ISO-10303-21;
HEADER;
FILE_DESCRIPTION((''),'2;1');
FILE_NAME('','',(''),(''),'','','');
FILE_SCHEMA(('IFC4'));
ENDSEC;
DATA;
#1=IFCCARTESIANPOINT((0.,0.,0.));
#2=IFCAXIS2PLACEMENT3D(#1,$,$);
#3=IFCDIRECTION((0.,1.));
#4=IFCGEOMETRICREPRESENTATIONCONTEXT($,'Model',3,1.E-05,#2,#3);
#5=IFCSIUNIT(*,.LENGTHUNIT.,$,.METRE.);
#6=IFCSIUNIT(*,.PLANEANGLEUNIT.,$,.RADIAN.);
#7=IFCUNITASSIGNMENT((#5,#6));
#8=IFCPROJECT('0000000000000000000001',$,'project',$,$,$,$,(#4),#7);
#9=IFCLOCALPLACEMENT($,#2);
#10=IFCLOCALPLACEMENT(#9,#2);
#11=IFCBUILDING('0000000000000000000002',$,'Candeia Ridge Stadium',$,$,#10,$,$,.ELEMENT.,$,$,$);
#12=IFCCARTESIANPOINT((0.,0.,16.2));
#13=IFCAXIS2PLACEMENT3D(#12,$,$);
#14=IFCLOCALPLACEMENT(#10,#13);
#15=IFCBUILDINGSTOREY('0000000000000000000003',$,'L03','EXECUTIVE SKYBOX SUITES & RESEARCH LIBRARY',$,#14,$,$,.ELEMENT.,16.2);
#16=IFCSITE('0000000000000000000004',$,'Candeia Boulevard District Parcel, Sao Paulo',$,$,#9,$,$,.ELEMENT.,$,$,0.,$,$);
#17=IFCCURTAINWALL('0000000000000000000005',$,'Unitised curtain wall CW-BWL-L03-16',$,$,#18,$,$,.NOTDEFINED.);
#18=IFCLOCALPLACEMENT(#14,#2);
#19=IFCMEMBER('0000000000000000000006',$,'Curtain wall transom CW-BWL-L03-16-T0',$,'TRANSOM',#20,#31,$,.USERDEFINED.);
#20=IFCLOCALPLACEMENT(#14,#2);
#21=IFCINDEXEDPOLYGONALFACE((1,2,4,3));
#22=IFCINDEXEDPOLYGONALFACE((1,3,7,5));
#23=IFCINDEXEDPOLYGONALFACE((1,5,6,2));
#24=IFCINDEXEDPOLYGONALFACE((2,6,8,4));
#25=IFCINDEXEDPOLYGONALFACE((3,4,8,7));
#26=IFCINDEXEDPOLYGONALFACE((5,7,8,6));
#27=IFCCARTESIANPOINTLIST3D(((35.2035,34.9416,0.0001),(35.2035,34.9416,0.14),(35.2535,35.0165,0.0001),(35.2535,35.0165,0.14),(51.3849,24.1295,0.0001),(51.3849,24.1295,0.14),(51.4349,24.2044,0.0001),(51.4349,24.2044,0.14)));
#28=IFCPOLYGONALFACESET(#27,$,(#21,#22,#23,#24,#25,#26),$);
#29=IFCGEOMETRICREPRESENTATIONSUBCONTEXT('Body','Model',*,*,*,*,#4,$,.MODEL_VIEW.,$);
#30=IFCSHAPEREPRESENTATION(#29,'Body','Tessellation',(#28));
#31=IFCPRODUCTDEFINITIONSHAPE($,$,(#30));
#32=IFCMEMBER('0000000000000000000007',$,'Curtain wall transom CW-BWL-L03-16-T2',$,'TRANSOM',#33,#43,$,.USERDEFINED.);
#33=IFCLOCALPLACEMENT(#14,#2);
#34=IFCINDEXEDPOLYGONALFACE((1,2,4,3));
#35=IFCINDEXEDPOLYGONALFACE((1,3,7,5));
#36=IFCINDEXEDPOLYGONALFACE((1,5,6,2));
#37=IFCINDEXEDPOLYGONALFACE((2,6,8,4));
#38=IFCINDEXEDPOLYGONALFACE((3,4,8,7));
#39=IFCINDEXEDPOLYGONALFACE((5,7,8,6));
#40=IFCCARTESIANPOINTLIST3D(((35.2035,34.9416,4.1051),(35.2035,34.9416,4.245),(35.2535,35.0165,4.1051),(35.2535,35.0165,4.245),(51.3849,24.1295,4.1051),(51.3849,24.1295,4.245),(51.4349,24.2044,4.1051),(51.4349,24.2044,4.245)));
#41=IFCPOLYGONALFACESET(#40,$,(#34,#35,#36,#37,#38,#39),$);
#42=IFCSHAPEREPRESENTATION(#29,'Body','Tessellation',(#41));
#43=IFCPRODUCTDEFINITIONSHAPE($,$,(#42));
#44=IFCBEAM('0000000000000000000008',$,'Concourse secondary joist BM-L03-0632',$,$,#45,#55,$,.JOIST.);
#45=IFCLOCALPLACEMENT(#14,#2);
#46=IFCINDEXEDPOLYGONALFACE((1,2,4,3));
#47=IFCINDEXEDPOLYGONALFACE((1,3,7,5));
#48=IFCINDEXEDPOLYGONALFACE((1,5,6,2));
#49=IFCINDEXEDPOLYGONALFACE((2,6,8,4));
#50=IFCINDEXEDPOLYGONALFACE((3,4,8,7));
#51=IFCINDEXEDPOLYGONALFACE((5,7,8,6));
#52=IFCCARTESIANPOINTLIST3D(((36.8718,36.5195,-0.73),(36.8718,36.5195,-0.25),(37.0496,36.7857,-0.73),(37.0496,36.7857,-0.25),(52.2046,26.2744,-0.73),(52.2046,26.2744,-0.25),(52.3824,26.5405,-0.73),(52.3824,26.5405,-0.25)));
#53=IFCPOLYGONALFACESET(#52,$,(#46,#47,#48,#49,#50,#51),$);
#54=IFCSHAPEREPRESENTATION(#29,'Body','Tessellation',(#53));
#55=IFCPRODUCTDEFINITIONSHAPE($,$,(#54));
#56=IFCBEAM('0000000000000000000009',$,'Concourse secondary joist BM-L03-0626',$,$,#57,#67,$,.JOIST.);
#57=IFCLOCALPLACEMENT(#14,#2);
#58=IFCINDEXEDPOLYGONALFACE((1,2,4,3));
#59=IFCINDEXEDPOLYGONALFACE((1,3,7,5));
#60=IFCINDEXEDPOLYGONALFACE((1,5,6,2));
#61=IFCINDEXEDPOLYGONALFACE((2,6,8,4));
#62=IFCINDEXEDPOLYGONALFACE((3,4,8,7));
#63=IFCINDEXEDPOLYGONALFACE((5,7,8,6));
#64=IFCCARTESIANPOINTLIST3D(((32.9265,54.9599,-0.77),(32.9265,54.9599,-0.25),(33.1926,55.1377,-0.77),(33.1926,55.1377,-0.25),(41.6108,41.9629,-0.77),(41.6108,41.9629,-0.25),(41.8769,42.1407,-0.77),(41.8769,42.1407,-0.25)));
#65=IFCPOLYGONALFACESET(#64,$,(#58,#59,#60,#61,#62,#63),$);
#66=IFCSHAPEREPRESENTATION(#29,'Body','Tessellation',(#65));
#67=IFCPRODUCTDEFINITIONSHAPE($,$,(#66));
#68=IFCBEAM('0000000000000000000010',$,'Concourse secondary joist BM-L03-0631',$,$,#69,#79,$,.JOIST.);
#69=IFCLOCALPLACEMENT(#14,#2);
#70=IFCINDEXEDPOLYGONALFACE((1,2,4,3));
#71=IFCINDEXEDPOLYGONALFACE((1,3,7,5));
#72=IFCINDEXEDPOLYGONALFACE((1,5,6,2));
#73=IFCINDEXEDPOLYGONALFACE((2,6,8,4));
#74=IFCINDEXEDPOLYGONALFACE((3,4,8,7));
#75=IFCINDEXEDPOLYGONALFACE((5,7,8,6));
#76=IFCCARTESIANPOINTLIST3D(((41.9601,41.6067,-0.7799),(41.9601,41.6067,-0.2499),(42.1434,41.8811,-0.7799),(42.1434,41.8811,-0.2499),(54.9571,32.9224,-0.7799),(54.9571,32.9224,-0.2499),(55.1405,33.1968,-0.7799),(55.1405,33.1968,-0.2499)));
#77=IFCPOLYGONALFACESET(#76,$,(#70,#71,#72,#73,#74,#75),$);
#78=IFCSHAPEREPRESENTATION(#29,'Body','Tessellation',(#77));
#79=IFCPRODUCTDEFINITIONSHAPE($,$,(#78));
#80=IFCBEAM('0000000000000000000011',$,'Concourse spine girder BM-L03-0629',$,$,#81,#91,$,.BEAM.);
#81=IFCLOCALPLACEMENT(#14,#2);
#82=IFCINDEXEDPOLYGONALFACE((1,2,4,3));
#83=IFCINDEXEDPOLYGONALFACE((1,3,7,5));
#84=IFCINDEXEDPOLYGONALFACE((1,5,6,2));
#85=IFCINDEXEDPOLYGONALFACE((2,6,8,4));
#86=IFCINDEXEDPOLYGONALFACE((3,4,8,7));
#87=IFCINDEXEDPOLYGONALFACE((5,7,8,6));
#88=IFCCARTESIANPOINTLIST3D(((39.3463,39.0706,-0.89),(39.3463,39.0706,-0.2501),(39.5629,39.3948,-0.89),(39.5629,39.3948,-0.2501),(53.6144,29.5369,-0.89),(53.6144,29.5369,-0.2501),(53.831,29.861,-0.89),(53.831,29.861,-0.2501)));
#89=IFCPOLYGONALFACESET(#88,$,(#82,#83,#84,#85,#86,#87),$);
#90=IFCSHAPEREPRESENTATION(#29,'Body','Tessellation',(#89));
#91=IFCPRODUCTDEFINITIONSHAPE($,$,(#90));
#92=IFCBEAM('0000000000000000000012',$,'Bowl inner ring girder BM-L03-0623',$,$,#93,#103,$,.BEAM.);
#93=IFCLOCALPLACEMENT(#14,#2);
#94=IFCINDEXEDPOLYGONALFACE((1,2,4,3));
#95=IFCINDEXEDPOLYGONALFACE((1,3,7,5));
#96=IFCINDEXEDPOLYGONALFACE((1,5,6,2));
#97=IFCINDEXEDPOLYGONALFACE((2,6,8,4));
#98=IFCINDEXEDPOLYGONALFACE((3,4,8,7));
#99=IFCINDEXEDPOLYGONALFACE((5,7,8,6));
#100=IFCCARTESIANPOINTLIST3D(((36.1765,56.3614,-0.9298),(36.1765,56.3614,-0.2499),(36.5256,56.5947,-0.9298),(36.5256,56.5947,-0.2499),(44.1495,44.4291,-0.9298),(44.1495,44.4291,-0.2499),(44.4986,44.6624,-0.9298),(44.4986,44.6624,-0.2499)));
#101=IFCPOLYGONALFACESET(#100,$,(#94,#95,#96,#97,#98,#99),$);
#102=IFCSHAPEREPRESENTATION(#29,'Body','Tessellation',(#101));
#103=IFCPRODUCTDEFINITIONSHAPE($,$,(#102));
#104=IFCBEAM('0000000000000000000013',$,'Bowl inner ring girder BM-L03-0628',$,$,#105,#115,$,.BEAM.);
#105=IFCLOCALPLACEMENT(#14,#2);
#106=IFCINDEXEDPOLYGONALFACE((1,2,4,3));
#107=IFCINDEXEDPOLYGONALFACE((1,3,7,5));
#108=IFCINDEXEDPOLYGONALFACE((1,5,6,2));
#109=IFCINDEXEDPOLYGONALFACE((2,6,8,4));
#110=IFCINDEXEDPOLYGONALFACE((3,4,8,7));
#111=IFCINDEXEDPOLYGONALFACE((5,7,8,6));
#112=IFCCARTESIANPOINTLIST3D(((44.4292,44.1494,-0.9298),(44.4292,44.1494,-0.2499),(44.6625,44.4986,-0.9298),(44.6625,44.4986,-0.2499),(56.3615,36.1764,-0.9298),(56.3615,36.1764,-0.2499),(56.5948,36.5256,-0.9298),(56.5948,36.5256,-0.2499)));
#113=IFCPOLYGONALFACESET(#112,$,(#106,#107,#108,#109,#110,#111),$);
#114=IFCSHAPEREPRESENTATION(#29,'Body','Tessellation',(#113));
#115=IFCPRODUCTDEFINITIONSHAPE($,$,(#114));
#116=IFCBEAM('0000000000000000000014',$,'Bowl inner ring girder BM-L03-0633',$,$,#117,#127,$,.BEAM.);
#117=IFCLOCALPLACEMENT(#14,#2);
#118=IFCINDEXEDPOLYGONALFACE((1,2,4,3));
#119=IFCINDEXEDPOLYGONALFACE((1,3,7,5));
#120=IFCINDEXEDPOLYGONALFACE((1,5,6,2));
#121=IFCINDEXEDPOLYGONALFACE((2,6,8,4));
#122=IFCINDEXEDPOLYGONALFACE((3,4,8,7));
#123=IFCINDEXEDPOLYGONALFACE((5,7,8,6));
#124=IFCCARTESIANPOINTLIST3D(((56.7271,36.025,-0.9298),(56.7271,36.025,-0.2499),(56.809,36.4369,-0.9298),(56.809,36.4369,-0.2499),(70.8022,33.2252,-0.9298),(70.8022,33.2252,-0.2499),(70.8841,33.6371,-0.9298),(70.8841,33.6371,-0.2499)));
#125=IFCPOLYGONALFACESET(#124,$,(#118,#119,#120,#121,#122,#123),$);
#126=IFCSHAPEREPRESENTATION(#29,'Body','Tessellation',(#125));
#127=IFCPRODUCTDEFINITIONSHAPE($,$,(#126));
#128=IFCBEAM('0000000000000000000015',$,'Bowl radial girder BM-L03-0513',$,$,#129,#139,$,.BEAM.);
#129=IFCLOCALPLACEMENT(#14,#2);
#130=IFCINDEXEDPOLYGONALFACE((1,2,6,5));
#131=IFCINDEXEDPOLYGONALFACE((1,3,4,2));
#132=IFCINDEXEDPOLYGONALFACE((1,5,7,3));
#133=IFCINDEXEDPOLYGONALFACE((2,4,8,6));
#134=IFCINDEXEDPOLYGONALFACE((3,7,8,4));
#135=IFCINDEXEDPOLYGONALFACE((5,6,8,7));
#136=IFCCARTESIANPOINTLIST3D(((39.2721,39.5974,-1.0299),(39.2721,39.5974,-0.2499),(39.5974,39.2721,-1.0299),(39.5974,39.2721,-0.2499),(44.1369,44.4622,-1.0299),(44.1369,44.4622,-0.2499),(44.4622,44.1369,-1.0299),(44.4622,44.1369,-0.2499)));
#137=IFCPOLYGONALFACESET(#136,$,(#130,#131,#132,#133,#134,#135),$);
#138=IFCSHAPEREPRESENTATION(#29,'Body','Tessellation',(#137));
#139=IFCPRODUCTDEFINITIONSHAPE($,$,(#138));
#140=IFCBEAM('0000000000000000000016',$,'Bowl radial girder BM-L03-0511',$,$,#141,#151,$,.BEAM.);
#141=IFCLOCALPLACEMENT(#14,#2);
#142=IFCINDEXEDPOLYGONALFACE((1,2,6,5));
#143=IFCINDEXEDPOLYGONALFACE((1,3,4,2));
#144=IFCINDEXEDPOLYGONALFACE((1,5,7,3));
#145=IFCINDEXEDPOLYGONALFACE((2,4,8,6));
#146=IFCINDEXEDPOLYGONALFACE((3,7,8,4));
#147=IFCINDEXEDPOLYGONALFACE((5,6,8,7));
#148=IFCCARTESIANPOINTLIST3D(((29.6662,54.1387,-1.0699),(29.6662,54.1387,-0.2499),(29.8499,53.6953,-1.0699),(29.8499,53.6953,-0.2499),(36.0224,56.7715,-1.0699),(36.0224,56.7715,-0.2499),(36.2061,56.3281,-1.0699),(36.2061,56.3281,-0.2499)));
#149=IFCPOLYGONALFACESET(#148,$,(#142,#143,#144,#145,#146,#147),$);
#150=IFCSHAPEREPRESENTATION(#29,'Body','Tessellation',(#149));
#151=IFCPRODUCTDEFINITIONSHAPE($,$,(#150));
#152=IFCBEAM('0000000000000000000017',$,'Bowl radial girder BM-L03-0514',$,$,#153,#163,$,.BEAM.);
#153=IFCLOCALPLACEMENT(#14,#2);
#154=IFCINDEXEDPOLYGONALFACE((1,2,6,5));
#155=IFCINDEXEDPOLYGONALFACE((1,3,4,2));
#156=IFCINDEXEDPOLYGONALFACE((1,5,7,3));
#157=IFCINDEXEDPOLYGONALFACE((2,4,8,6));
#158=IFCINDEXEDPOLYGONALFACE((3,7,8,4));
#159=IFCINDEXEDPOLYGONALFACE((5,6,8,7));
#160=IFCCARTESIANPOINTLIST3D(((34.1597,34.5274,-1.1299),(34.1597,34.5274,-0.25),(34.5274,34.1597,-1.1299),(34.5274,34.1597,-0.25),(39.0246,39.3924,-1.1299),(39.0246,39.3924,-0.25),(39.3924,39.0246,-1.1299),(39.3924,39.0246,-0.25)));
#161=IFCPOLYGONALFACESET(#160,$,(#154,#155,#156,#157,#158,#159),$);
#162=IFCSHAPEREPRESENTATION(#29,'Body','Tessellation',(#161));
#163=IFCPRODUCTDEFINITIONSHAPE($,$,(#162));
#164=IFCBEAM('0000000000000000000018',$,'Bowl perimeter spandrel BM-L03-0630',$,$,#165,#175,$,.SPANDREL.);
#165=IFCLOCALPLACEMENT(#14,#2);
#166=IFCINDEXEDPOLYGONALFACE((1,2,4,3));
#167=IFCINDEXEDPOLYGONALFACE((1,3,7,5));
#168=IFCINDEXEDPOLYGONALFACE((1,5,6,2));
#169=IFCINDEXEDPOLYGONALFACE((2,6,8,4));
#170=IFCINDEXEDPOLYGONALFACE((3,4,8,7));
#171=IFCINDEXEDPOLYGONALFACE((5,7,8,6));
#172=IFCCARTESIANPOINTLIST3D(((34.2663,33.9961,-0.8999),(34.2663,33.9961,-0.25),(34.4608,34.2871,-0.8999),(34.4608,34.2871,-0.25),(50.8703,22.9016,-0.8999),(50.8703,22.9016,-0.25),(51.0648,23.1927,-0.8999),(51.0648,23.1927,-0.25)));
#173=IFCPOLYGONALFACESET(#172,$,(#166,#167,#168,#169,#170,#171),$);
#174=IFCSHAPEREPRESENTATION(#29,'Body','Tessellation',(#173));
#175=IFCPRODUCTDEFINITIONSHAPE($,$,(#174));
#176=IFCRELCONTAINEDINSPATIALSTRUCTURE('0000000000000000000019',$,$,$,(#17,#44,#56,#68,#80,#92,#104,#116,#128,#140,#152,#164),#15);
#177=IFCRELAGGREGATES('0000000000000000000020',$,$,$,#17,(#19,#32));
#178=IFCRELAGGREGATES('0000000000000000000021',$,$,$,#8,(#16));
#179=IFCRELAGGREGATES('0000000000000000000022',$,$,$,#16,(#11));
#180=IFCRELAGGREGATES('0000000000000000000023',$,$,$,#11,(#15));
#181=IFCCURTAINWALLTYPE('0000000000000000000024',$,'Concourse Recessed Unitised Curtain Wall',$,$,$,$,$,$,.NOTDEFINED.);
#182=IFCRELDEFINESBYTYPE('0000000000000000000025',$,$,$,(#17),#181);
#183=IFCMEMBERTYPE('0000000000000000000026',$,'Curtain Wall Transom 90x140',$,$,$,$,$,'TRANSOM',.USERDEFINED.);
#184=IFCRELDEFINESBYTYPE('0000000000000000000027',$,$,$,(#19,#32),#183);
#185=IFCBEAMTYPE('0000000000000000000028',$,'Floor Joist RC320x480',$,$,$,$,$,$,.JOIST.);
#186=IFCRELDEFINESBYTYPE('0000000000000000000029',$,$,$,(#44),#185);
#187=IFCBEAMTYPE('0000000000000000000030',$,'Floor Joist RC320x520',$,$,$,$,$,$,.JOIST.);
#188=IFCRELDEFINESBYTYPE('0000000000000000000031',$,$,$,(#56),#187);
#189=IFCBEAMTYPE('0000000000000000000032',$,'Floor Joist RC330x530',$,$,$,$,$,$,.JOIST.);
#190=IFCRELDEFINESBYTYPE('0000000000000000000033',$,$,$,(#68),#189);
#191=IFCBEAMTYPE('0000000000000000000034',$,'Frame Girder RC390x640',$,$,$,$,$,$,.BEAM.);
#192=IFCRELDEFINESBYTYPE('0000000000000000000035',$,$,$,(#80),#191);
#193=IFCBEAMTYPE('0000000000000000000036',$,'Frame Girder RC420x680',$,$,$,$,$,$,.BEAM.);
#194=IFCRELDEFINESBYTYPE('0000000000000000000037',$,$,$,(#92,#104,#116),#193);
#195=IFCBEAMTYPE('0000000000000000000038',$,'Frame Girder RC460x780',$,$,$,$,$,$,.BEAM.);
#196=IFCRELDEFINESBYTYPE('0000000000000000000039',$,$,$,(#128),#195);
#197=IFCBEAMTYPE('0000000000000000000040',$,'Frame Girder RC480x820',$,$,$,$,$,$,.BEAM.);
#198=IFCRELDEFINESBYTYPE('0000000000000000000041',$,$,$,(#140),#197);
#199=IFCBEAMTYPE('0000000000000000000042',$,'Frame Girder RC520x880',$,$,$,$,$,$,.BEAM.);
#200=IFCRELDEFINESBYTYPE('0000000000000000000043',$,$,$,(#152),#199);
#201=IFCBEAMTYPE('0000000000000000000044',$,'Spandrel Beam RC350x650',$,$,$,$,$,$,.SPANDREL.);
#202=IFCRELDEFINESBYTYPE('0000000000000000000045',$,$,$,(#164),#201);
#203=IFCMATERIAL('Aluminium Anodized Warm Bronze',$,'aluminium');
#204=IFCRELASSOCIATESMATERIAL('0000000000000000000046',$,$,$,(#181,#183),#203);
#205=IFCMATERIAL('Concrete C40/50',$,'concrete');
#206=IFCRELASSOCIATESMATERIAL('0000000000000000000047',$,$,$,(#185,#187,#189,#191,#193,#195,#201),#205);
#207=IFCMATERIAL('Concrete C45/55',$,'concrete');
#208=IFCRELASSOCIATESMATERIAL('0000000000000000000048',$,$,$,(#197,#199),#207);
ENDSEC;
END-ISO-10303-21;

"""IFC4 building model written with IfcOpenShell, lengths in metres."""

from ifc_helpers import new_model, si_unit, direction, frame, origin, origin_2d, place, context, subcontext, project, spatial, rectangle, extrude, material, material_profile, profile_set, type_object, element, aggregate, save


model = new_model("IFC4")

# Units and contexts
model_context = context("Model", 3, precision=1e-05, world=origin(), true_north=direction((0.0, 1.0)))
body_context = subcontext(model_context, "Body", "Model", "MODEL_VIEW")
ifc_project = project(units=[si_unit("LENGTHUNIT", "METRE"), si_unit("PLANEANGLEUNIT", "RADIAN")], contexts=[model_context])

# Site, building, storey
site_placement = place(None, origin())
site = spatial("IfcSite", under=ifc_project, at=site_placement, Name="Candeia Boulevard District Parcel, Sao Paulo", CompositionType="ELEMENT", RefElevation=0.0)
building_placement = place(site_placement, origin())
building = spatial("IfcBuilding", under=site, at=building_placement, Name="Candeia Ridge Stadium", CompositionType="ELEMENT")
storey_placement = place(building_placement, frame((0.0, 0.0, 16.2)))
storey = spatial("IfcBuildingStorey", under=building, at=storey_placement, Name="L03", Description="EXECUTIVE SKYBOX SUITES & RESEARCH LIBRARY", CompositionType="ELEMENT", Elevation=16.2)

# Shared definitions
ifc_material_1 = material(Name="Concrete C40/50", Category="concrete")
ifc_material_2 = material(Name="Concrete C45/55", Category="concrete")

# Curtain wall
ifc_material_3 = material(Name="Aluminium Anodized Warm Bronze", Category="aluminium")
curtain_wall_type = type_object("IfcCurtainWallType", Name="Concourse Recessed Unitised Curtain Wall", PredefinedType="NOTDEFINED", material=ifc_material_3)
curtain_wall_1_placement = place(storey_placement, origin())
curtain_wall_1 = element("IfcCurtainWall", 1, at=curtain_wall_1_placement, inside=storey, type_object=curtain_wall_type, Name="Unitised curtain wall CW-BWL-L03-16", PredefinedType="NOTDEFINED")

# Members
ifc_material_profile_1 = material_profile(ifc_material_3, rectangle(XDim=0.0901, YDim=0.1399, at=origin_2d()), Name="CWT-90x140", Category="aluminium")
ifc_profile_set_1 = profile_set([ifc_material_profile_1], Name="Aluminium Anodized Warm Bronze")
member_type_1 = type_object("IfcMemberType", Name="Curtain Wall Transom 90x140", ElementType="TRANSOM", PredefinedType="USERDEFINED", material=ifc_profile_set_1)
member_1_placement = place(storey_placement, frame((35.2285, 34.979, 0.0701), z_axis=(0.831471, -0.555568, 0.0), x_axis=(0.555568, 0.831471, 0.0)))
member_1 = element("IfcMember", 2, at=member_1_placement, type_object=member_type_1, Name="Curtain wall transom CW-BWL-L03-16-T0", ObjectType="TRANSOM", PredefinedType="USERDEFINED", context=body_context, shape_type="SweptSolid", body=[
    extrude(rectangle(XDim=0.0901, YDim=0.1399, at=origin_2d()), origin(), (0.0, 0.0, 1.0), 19.4612),
])
member_2_placement = place(storey_placement, frame((35.2285, 34.979, 4.175), z_axis=(0.831471, -0.555568, 0.0), x_axis=(0.555568, 0.831471, 0.0)))
member_2 = element("IfcMember", 3, at=member_2_placement, type_object=member_type_1, Name="Curtain wall transom CW-BWL-L03-16-T2", ObjectType="TRANSOM", PredefinedType="USERDEFINED", context=body_context, shape_type="SweptSolid", body=[
    extrude(rectangle(XDim=0.0901, YDim=0.1399, at=origin_2d()), origin(), (0.0, 0.0, 1.0), 19.4612),
])

# Beams
ifc_material_profile_2 = material_profile(ifc_material_1, rectangle(XDim=0.3201, YDim=0.48, at=origin_2d()), Name="RC320x480", Category="concrete")
ifc_profile_set_2 = profile_set([ifc_material_profile_2], Name="Concrete C40/50")
beam_type_1 = type_object("IfcBeamType", Name="Floor Joist RC320x480", PredefinedType="JOIST", material=ifc_profile_set_2)
beam_1_placement = place(storey_placement, frame((36.9607, 36.6526, -0.49), z_axis=(0.831467, -0.555574, 0.0), x_axis=(0.555574, 0.831467, 0.0)))
element("IfcBeam", 4, at=beam_1_placement, inside=storey, type_object=beam_type_1, Name="Concourse secondary joist BM-L03-0632", PredefinedType="JOIST", context=body_context, shape_type="SweptSolid", body=[
    extrude(rectangle(XDim=0.3201, YDim=0.48, at=origin_2d()), origin(), (0.0, 0.0, 1.0), 18.4407),
])
ifc_material_profile_3 = material_profile(ifc_material_1, rectangle(XDim=0.3201, YDim=0.52, at=origin_2d()), Name="RC320x520", Category="concrete")
ifc_profile_set_3 = profile_set([ifc_material_profile_3], Name="Concrete C40/50")
beam_type_2 = type_object("IfcBeamType", Name="Floor Joist RC320x520", PredefinedType="JOIST", material=ifc_profile_set_3)
beam_2_placement = place(storey_placement, frame((33.0596, 55.0488, -0.51), z_axis=(0.555569, -0.831471, 0.0), x_axis=(0.831471, 0.555569, 0.0)))
element("IfcBeam", 5, at=beam_2_placement, inside=storey, type_object=beam_type_2, Name="Concourse secondary joist BM-L03-0626", PredefinedType="JOIST", context=body_context, shape_type="SweptSolid", body=[
    extrude(rectangle(XDim=0.3201, YDim=0.52, at=origin_2d()), origin(), (0.0, 0.0, 1.0), 15.6313),
])
ifc_material_profile_4 = material_profile(ifc_material_1, rectangle(XDim=0.3301, YDim=0.53, at=origin_2d()), Name="RC330x530", Category="concrete")
ifc_profile_set_4 = profile_set([ifc_material_profile_4], Name="Concrete C40/50")
beam_type_3 = type_object("IfcBeamType", Name="Floor Joist RC330x530", PredefinedType="JOIST", material=ifc_profile_set_4)
beam_3_placement = place(storey_placement, frame((42.0518, 41.7439, -0.5149), z_axis=(0.831471, -0.555569, 0.0), x_axis=(0.555569, 0.831471, 0.0)))
element("IfcBeam", 6, at=beam_3_placement, inside=storey, type_object=beam_type_3, Name="Concourse secondary joist BM-L03-0631", PredefinedType="JOIST", context=body_context, shape_type="SweptSolid", body=[
    extrude(rectangle(XDim=0.3301, YDim=0.53, at=origin_2d()), origin(), (0.0, 0.0, 1.0), 15.6313),
])
ifc_material_profile_5 = material_profile(ifc_material_1, rectangle(XDim=0.3899, YDim=0.6399, at=origin_2d()), Name="RC390x640", Category="concrete")
ifc_profile_set_5 = profile_set([ifc_material_profile_5], Name="Concrete C40/50")
beam_type_4 = type_object("IfcBeamType", Name="Frame Girder RC390x640", PredefinedType="BEAM", material=ifc_profile_set_5)
beam_4_placement = place(storey_placement, frame((39.4546, 39.2327, -0.5701), z_axis=(0.831468, -0.555573, 0.0), x_axis=(0.555573, 0.831468, 0.0)))
element("IfcBeam", 7, at=beam_4_placement, inside=storey, type_object=beam_type_4, Name="Concourse spine girder BM-L03-0629", PredefinedType="BEAM", context=body_context, shape_type="SweptSolid", body=[
    extrude(rectangle(XDim=0.3899, YDim=0.6399, at=origin_2d()), origin(), (0.0, 0.0, 1.0), 17.1602),
])
ifc_material_profile_6 = material_profile(ifc_material_1, rectangle(XDim=0.4199, YDim=0.6799, at=origin_2d()), Name="RC420x680", Category="concrete")
ifc_profile_set_6 = profile_set([ifc_material_profile_6], Name="Concrete C40/50")
beam_type_5 = type_object("IfcBeamType", Name="Frame Girder RC420x680", PredefinedType="BEAM", material=ifc_profile_set_6)
for number, where, z_axis, x_axis, name in (
    (8, (36.3511, 56.478, -0.5898), (0.555575, -0.831466, 0.0), (0.831466, 0.555575, 0.0), "Bowl inner ring girder BM-L03-0623"),
    (9, (44.5459, 44.324, -0.5898), (0.831466, -0.555575, 0.0), (0.555575, 0.831466, 0.0), "Bowl inner ring girder BM-L03-0628"),
    (10, (56.7681, 36.231, -0.5898), (0.980784, -0.195099, 0.0), (0.195099, 0.980784, 0.0), "Bowl inner ring girder BM-L03-0633"),
):
    element("IfcBeam", number, at=place(storey_placement, frame(where, z_axis=z_axis, x_axis=x_axis)), inside=storey, type_object=beam_type_5, Name=name, PredefinedType="BEAM", context=body_context, shape_type="SweptSolid", body=[
        extrude(rectangle(XDim=0.4199, YDim=0.6799, at=origin_2d()), origin(), (0.0, 0.0, 1.0), 14.3508),
    ])
ifc_material_profile_7 = material_profile(ifc_material_1, rectangle(XDim=0.46, YDim=0.78, at=origin_2d()), Name="RC460x780", Category="concrete")
ifc_profile_set_7 = profile_set([ifc_material_profile_7], Name="Concrete C40/50")
beam_type_6 = type_object("IfcBeamType", Name="Frame Girder RC460x780", PredefinedType="BEAM", material=ifc_profile_set_7)
beam_5_placement = place(storey_placement, frame((44.2996, 44.2996, -0.6399), z_axis=(-0.707107, -0.707107, 0.0), x_axis=(0.707107, -0.707107, 0.0)))
element("IfcBeam", 11, at=beam_5_placement, inside=storey, type_object=beam_type_6, Name="Bowl radial girder BM-L03-0513", PredefinedType="BEAM", context=body_context, shape_type="SweptSolid", body=[
    extrude(rectangle(XDim=0.46, YDim=0.78, at=origin_2d()), origin(), (0.0, 0.0, 1.0), 6.8799),
])
ifc_material_profile_8 = material_profile(ifc_material_2, rectangle(XDim=0.48, YDim=0.8201, at=origin_2d()), Name="RC480x820", Category="concrete")
ifc_profile_set_8 = profile_set([ifc_material_profile_8], Name="Concrete C45/55")
beam_type_7 = type_object("IfcBeamType", Name="Frame Girder RC480x820", PredefinedType="BEAM", material=ifc_profile_set_8)
beam_6_placement = place(storey_placement, frame((36.1143, 56.5498, -0.6599), z_axis=(-0.92388, -0.382682, 0.0), x_axis=(0.382682, -0.92388, 0.0)))
element("IfcBeam", 12, at=beam_6_placement, inside=storey, type_object=beam_type_7, Name="Bowl radial girder BM-L03-0511", PredefinedType="BEAM", context=body_context, shape_type="SweptSolid", body=[
    extrude(rectangle(XDim=0.48, YDim=0.8201, at=origin_2d()), origin(), (0.0, 0.0, 1.0), 6.8799),
])
ifc_material_profile_9 = material_profile(ifc_material_2, rectangle(XDim=0.52, YDim=0.8799, at=origin_2d()), Name="RC520x880", Category="concrete")
ifc_profile_set_9 = profile_set([ifc_material_profile_9], Name="Concrete C45/55")
beam_type_8 = type_object("IfcBeamType", Name="Frame Girder RC520x880", PredefinedType="BEAM", material=ifc_profile_set_9)
beam_7_placement = place(storey_placement, frame((39.2085, 39.2085, -0.6899), z_axis=(-0.707107, -0.707107, 0.0), x_axis=(0.707107, -0.707107, 0.0)))
element("IfcBeam", 13, at=beam_7_placement, inside=storey, type_object=beam_type_8, Name="Bowl radial girder BM-L03-0514", PredefinedType="BEAM", context=body_context, shape_type="SweptSolid", body=[
    extrude(rectangle(XDim=0.52, YDim=0.8799, at=origin_2d()), origin(), (0.0, 0.0, 1.0), 6.8801),
])
ifc_material_profile_10 = material_profile(ifc_material_1, rectangle(XDim=0.3501, YDim=0.6499, at=origin_2d()), Name="RC350x650", Category="concrete")
ifc_profile_set_10 = profile_set([ifc_material_profile_10], Name="Concrete C40/50")
beam_type_9 = type_object("IfcBeamType", Name="Spandrel Beam RC350x650", PredefinedType="SPANDREL", material=ifc_profile_set_10)
beam_8_placement = place(storey_placement, frame((34.3635, 34.1416, -0.575), z_axis=(0.831469, -0.555572, 0.0), x_axis=(0.555572, 0.831469, 0.0)))
element("IfcBeam", 14, at=beam_8_placement, inside=storey, type_object=beam_type_9, Name="Bowl perimeter spandrel BM-L03-0630", PredefinedType="SPANDREL", context=body_context, shape_type="SweptSolid", body=[
    extrude(rectangle(XDim=0.3501, YDim=0.6499, at=origin_2d()), origin(), (0.0, 0.0, 1.0), 19.9695),
])

aggregate(curtain_wall_1, [member_1, member_2])

save(model, "model.ifc")
